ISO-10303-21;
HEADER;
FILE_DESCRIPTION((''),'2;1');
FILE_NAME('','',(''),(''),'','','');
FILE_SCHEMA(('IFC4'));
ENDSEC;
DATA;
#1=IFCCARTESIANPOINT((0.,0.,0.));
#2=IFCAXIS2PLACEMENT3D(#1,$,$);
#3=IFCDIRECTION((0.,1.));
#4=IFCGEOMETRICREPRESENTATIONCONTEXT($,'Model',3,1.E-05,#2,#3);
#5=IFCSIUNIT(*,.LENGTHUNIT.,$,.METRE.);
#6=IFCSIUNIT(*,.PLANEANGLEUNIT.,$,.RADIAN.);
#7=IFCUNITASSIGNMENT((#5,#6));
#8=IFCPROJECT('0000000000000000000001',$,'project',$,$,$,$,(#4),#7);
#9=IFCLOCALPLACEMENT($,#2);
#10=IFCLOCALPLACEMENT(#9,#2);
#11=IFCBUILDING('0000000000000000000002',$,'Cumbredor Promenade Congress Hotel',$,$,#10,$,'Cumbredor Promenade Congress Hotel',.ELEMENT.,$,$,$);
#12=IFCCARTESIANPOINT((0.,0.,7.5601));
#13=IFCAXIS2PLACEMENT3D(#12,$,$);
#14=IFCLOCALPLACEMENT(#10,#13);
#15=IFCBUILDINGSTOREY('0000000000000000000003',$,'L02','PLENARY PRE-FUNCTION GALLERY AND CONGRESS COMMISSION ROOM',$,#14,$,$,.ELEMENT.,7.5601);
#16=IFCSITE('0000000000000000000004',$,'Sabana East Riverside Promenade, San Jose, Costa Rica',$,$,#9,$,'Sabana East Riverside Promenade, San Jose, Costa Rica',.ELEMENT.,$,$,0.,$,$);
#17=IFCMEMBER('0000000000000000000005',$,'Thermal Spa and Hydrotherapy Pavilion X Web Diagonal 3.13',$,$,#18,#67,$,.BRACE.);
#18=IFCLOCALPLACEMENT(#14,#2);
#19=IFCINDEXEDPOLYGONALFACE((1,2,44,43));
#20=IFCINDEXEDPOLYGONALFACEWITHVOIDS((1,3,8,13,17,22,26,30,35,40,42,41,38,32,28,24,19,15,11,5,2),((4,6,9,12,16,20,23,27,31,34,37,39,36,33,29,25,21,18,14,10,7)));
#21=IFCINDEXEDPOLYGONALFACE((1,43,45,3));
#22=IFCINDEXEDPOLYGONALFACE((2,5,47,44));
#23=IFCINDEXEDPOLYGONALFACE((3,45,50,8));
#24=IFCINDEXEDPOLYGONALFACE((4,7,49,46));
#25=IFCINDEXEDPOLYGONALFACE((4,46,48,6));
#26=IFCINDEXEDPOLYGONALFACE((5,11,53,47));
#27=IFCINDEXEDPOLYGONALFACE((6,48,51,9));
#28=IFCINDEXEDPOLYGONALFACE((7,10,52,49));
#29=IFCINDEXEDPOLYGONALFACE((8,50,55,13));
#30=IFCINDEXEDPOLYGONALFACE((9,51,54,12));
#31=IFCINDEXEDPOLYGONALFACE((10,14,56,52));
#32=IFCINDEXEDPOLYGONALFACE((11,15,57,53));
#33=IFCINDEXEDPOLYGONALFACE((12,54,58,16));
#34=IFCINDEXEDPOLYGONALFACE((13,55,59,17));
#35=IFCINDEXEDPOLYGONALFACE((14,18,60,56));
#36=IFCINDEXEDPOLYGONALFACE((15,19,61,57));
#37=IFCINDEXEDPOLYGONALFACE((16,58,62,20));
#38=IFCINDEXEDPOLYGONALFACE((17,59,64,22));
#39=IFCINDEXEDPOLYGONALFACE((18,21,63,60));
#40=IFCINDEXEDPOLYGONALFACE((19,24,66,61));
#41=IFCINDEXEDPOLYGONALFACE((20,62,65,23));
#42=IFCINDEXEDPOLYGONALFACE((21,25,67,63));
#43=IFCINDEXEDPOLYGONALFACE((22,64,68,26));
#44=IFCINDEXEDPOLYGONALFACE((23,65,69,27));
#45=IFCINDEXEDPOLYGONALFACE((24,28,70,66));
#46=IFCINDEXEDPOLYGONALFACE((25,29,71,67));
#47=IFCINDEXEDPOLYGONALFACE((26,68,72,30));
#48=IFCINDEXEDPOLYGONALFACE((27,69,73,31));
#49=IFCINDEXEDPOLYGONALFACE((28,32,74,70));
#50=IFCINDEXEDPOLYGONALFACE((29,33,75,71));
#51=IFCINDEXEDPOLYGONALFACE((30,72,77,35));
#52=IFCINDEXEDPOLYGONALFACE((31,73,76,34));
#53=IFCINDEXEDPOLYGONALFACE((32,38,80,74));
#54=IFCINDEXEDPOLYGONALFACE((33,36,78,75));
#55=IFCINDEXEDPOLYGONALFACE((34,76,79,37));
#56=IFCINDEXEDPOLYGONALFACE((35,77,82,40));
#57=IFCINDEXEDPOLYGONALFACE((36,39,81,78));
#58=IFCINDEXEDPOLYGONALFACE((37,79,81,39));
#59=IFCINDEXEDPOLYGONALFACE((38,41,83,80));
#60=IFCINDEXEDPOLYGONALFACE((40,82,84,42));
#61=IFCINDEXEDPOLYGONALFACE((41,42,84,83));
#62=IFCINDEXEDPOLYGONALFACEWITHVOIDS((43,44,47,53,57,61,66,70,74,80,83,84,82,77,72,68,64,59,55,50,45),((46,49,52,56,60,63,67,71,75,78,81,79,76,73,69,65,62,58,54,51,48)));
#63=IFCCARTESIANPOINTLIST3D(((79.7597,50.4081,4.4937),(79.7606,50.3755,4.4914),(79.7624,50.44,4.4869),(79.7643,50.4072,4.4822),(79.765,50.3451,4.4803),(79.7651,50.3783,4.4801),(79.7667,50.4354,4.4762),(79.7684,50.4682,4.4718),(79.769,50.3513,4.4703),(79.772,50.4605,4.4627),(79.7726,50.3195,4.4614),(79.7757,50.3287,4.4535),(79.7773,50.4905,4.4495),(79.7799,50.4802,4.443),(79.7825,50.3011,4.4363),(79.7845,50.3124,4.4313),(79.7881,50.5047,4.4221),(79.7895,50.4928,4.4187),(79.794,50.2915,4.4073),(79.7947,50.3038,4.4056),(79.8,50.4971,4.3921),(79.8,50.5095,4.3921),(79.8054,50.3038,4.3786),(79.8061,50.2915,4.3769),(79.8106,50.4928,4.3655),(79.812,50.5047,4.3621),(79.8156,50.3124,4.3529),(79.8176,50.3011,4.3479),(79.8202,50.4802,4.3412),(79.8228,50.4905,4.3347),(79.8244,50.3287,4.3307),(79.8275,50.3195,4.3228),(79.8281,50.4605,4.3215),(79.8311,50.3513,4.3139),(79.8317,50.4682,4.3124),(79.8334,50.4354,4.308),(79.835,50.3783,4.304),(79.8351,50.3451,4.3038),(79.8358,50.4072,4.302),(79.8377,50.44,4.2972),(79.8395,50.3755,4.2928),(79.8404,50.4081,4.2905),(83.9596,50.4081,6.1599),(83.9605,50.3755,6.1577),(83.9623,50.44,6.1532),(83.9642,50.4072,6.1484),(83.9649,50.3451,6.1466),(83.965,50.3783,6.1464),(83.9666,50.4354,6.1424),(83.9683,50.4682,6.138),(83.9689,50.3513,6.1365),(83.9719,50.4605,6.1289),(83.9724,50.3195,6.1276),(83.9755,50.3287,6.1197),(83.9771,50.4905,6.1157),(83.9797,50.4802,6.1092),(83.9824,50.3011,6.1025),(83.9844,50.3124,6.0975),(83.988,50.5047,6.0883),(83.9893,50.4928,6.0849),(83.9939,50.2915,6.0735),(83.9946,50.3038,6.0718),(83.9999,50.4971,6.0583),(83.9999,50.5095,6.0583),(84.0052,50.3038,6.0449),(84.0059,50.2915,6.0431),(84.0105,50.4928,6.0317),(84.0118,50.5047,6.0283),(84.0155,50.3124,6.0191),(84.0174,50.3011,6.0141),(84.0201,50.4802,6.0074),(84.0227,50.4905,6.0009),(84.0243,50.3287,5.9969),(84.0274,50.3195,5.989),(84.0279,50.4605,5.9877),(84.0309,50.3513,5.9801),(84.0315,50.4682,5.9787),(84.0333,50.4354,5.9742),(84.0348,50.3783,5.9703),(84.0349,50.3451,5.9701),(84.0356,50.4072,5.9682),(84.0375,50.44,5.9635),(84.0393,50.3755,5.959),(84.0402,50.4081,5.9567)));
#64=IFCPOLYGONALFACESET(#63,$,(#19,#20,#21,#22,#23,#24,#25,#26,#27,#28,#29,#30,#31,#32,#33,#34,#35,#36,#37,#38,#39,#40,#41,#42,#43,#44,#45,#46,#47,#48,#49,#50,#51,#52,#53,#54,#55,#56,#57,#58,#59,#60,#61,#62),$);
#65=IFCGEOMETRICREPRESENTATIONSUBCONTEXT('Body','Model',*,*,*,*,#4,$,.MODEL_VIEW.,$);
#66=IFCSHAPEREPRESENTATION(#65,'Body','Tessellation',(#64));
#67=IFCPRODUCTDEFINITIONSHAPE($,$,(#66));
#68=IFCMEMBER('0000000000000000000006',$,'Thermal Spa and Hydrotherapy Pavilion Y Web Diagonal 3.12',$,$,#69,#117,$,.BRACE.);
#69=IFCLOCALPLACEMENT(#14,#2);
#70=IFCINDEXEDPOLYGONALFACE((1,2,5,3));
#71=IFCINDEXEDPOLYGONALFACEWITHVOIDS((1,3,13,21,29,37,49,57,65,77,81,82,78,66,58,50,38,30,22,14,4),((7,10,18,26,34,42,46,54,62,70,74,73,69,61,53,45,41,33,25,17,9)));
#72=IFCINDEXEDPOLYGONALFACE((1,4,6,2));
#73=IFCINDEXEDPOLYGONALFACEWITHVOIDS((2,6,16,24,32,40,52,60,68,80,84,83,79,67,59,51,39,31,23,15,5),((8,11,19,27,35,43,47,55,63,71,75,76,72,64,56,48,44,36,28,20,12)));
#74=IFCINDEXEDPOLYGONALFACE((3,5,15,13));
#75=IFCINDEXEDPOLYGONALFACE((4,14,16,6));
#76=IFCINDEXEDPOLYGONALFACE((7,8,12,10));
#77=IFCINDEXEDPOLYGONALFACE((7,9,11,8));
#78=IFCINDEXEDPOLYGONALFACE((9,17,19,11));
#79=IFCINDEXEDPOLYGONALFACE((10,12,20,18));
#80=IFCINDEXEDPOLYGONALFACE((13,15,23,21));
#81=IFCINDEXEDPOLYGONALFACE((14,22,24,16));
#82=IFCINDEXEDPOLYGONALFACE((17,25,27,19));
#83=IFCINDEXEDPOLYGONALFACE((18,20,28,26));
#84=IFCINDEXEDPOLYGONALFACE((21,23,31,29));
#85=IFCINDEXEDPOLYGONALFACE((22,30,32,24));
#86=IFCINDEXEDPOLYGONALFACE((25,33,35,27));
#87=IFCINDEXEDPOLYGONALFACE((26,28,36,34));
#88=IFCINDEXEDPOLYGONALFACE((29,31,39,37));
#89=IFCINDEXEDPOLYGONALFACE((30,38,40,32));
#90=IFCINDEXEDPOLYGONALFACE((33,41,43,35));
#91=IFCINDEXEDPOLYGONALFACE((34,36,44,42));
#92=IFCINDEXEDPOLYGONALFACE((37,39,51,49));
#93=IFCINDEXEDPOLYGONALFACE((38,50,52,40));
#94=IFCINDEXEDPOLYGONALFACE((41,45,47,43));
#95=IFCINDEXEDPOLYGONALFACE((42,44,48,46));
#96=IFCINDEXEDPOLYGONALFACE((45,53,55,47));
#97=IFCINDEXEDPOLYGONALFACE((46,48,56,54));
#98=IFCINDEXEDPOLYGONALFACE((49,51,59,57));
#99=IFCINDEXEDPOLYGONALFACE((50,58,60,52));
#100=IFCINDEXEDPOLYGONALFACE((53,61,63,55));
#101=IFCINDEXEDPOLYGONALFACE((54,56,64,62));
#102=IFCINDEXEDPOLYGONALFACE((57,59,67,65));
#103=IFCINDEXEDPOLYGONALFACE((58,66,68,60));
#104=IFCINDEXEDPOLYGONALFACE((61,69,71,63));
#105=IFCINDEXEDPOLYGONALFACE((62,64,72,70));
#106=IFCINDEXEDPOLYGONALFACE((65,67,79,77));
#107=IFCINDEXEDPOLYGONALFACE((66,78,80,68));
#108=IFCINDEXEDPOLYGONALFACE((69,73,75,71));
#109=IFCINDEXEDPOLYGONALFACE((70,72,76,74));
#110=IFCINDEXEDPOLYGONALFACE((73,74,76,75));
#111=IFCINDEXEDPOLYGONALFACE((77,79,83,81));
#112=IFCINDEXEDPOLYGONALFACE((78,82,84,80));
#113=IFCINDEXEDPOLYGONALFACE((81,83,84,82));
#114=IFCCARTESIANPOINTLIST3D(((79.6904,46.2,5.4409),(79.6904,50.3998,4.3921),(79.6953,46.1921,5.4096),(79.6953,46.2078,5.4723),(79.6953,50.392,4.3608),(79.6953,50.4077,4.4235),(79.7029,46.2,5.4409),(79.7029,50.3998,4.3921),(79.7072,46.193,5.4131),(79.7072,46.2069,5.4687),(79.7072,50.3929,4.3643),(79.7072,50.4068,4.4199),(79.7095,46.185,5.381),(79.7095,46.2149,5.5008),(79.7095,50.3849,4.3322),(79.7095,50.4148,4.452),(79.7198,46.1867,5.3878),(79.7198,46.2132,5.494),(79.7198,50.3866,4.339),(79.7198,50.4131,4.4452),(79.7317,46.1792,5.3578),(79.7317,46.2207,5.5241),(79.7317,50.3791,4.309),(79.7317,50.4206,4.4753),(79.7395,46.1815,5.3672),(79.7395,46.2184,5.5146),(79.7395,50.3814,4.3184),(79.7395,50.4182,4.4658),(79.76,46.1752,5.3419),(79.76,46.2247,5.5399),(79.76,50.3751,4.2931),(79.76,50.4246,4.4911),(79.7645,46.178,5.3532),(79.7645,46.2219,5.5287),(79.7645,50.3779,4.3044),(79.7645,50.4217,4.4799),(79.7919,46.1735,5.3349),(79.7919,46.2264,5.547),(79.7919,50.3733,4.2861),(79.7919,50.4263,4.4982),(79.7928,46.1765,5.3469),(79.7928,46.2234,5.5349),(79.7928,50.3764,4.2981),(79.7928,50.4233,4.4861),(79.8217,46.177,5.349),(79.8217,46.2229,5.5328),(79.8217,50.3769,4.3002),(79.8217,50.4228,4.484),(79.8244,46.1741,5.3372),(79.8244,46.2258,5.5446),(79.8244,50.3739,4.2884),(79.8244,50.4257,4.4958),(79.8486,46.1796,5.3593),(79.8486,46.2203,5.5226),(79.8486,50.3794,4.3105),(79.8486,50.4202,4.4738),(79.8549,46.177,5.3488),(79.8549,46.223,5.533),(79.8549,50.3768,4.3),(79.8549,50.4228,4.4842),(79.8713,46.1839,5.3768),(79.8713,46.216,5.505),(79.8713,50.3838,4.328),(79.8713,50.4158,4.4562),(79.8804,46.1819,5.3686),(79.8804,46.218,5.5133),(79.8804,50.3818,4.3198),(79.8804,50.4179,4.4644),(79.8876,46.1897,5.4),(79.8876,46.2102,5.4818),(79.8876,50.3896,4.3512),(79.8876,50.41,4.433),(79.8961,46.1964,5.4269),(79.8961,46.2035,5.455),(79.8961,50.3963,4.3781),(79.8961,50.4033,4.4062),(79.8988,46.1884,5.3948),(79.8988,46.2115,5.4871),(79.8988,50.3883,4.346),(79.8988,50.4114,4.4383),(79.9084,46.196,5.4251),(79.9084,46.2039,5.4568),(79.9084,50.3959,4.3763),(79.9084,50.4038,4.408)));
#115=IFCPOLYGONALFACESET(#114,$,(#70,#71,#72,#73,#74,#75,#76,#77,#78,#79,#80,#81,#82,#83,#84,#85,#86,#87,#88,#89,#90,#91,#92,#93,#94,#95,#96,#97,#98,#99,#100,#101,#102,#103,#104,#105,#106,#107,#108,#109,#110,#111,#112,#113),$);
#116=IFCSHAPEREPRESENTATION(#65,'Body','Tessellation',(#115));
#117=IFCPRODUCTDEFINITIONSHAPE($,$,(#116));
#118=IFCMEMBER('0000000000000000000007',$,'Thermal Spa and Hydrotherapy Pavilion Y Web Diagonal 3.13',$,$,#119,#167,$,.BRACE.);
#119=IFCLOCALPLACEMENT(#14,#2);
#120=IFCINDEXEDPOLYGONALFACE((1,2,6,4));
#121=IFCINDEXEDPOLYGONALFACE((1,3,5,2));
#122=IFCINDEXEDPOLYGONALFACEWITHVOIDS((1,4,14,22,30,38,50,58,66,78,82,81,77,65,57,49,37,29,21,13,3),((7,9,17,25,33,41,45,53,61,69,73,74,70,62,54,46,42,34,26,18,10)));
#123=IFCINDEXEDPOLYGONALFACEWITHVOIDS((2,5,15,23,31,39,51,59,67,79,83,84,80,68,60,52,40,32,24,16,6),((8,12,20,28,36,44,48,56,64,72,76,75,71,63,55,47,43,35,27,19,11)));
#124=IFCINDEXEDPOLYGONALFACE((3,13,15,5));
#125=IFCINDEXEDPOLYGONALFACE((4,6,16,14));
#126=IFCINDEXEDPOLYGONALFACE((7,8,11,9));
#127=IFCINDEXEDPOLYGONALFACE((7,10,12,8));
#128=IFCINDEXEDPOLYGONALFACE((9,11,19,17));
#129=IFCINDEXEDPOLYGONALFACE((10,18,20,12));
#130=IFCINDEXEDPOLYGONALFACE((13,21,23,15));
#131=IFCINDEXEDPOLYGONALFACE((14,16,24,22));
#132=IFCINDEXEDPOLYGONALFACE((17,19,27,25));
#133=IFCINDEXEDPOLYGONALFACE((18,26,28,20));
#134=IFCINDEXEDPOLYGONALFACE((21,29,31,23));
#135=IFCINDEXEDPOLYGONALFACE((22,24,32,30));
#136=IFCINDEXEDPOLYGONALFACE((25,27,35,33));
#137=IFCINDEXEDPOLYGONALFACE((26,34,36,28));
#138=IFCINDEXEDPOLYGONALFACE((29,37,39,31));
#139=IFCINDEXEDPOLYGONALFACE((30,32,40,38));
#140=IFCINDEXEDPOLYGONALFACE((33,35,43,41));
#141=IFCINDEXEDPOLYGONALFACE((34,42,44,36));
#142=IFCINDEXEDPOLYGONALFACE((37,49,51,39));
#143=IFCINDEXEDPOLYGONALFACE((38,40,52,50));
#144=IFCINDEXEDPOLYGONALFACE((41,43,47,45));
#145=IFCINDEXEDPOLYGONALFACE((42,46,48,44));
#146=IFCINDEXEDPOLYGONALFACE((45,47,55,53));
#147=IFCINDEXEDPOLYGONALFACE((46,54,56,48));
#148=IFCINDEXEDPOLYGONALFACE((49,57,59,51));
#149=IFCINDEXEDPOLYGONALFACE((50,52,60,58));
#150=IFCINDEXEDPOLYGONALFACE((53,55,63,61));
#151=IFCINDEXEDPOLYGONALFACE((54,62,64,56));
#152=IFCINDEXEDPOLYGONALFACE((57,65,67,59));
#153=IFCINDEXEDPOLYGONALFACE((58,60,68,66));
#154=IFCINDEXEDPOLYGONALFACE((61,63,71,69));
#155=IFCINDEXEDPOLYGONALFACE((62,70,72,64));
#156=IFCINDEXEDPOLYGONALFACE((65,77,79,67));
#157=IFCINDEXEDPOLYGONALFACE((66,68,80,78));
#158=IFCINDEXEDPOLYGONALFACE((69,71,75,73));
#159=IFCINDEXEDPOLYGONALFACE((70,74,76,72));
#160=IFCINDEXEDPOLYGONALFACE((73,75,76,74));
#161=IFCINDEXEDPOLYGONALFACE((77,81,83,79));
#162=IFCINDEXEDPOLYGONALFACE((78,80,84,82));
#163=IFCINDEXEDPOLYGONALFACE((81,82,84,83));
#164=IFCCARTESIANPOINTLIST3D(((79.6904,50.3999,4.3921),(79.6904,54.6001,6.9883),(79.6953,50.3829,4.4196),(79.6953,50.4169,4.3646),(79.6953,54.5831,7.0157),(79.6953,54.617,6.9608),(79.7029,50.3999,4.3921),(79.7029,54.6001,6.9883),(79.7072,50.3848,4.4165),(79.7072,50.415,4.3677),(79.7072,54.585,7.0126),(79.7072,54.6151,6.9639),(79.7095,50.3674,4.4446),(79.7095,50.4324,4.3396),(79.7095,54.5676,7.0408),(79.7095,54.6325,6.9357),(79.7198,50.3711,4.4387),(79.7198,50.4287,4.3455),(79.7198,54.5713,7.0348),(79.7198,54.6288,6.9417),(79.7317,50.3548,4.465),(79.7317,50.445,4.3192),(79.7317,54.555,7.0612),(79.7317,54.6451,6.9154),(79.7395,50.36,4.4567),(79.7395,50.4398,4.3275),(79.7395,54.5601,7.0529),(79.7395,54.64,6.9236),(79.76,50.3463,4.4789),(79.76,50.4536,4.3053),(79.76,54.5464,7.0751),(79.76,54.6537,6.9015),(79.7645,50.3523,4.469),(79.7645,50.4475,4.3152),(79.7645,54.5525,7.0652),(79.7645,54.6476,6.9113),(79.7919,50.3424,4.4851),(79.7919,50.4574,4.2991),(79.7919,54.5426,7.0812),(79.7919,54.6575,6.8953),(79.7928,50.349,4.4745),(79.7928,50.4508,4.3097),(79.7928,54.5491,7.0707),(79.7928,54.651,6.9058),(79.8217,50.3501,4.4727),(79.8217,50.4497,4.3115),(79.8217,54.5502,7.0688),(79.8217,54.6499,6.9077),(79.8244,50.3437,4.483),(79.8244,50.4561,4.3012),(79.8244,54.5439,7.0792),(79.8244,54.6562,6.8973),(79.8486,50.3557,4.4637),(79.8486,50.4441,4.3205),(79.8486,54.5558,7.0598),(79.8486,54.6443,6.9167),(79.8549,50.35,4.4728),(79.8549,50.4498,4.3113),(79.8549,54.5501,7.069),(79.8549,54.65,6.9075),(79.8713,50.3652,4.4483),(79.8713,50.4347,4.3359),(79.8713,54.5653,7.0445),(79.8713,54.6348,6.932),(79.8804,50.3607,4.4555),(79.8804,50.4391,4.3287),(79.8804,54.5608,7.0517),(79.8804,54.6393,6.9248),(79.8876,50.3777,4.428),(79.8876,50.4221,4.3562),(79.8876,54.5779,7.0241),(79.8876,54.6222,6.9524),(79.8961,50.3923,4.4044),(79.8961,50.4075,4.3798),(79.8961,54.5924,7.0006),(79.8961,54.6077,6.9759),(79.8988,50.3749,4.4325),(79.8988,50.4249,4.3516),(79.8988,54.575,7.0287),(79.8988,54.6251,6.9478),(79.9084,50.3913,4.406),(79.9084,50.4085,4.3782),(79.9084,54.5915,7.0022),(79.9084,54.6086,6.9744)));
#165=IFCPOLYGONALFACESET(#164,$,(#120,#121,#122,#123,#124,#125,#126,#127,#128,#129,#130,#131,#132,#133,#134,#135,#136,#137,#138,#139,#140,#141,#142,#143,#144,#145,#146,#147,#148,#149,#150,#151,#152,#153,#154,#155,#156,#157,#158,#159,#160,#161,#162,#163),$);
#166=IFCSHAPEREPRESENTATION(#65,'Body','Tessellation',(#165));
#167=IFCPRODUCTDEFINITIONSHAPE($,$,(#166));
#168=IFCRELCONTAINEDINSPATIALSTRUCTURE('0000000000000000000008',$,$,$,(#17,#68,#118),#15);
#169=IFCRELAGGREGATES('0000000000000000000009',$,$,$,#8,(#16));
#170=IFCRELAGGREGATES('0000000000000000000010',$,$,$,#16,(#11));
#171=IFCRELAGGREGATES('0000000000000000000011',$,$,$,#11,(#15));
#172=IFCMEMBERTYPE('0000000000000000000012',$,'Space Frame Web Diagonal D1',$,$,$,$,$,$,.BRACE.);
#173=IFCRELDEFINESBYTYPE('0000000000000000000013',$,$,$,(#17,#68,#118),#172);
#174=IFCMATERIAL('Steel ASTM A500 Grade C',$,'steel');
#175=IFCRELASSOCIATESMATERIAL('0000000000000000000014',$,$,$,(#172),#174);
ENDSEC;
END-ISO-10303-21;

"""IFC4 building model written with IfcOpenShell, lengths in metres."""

from ifc_helpers import new_model, si_unit, direction, frame, origin, origin_2d, place, context, subcontext, project, spatial, hollow_circle, extrude, material, material_profile, profile_set, type_object, element, save


model = new_model("IFC4")

# Units and contexts
model_context = context("Model", 3, precision=1e-05, world=origin(), true_north=direction((0.0, 1.0)))
body_context = subcontext(model_context, "Body", "Model", "MODEL_VIEW")
ifc_project = project(units=[si_unit("LENGTHUNIT", "METRE"), si_unit("PLANEANGLEUNIT", "RADIAN")], contexts=[model_context])

# Site, building, storey
site_placement = place(None, origin())
site = spatial("IfcSite", under=ifc_project, at=site_placement, Name="Sabana East Riverside Promenade, San Jose, Costa Rica", LongName="Sabana East Riverside Promenade, San Jose, Costa Rica", CompositionType="ELEMENT", RefElevation=0.0)
building_placement = place(site_placement, origin())
building = spatial("IfcBuilding", under=site, at=building_placement, Name="Cumbredor Promenade Congress Hotel", LongName="Cumbredor Promenade Congress Hotel", CompositionType="ELEMENT")
storey_placement = place(building_placement, frame((0.0, 0.0, 7.5601)))
storey = spatial("IfcBuildingStorey", under=building, at=storey_placement, Name="L02", Description="PLENARY PRE-FUNCTION GALLERY AND CONGRESS COMMISSION ROOM", CompositionType="ELEMENT", Elevation=7.5601)

# Members
ifc_material_1 = material(Name="Steel ASTM A500 Grade C", Category="steel")
ifc_material_profile_1 = material_profile(ifc_material_1, hollow_circle(Radius=0.1096, WallThickness=0.0125, at=origin_2d()), Name="CHS 219.1x12.5")
ifc_profile_set_1 = profile_set([ifc_material_profile_1], Name="Steel ASTM A500 Grade C")
member_type_1 = type_object("IfcMemberType", Name="Space Frame Web Diagonal D1", PredefinedType="BRACE", material=ifc_profile_set_1)
member_1_placement = place(storey_placement, frame((79.8, 50.3999, 4.3921), z_axis=(0.92952, 0.0, 0.368771), x_axis=(0.0, 1.0, 0.0)))
element("IfcMember", 1, at=member_1_placement, inside=storey, type_object=member_type_1, Name="Thermal Spa and Hydrotherapy Pavilion X Web Diagonal 3.13", PredefinedType="BRACE", context=body_context, shape_type="SweptSolid", body=[
    extrude(hollow_circle(Radius=0.1096, WallThickness=0.0125, at=origin_2d()), origin(), (0.0, 0.0, 1.0), 4.5183),
])
member_2_placement = place(storey_placement, frame((79.8, 46.2, 5.4409), z_axis=(0.0, 0.970205, -0.242283), x_axis=(-1.0, 0.0, 0.0)))
element("IfcMember", 2, at=member_2_placement, inside=storey, type_object=member_type_1, Name="Thermal Spa and Hydrotherapy Pavilion Y Web Diagonal 3.12", PredefinedType="BRACE", context=body_context, shape_type="SweptSolid", body=[
    extrude(hollow_circle(Radius=0.1096, WallThickness=0.0125, at=origin_2d()), origin(), (0.0, 0.0, 1.0), 4.3289),
])
member_3_placement = place(storey_placement, frame((79.8, 50.3999, 4.3921), z_axis=(0.0, 0.850621, 0.525779), x_axis=(-1.0, 0.0, 0.0)))
element("IfcMember", 3, at=member_3_placement, inside=storey, type_object=member_type_1, Name="Thermal Spa and Hydrotherapy Pavilion Y Web Diagonal 3.13", PredefinedType="BRACE", context=body_context, shape_type="SweptSolid", body=[
    extrude(hollow_circle(Radius=0.1096, WallThickness=0.0125, at=origin_2d()), origin(), (0.0, 0.0, 1.0), 4.9377),
])

save(model, "model.ifc")
